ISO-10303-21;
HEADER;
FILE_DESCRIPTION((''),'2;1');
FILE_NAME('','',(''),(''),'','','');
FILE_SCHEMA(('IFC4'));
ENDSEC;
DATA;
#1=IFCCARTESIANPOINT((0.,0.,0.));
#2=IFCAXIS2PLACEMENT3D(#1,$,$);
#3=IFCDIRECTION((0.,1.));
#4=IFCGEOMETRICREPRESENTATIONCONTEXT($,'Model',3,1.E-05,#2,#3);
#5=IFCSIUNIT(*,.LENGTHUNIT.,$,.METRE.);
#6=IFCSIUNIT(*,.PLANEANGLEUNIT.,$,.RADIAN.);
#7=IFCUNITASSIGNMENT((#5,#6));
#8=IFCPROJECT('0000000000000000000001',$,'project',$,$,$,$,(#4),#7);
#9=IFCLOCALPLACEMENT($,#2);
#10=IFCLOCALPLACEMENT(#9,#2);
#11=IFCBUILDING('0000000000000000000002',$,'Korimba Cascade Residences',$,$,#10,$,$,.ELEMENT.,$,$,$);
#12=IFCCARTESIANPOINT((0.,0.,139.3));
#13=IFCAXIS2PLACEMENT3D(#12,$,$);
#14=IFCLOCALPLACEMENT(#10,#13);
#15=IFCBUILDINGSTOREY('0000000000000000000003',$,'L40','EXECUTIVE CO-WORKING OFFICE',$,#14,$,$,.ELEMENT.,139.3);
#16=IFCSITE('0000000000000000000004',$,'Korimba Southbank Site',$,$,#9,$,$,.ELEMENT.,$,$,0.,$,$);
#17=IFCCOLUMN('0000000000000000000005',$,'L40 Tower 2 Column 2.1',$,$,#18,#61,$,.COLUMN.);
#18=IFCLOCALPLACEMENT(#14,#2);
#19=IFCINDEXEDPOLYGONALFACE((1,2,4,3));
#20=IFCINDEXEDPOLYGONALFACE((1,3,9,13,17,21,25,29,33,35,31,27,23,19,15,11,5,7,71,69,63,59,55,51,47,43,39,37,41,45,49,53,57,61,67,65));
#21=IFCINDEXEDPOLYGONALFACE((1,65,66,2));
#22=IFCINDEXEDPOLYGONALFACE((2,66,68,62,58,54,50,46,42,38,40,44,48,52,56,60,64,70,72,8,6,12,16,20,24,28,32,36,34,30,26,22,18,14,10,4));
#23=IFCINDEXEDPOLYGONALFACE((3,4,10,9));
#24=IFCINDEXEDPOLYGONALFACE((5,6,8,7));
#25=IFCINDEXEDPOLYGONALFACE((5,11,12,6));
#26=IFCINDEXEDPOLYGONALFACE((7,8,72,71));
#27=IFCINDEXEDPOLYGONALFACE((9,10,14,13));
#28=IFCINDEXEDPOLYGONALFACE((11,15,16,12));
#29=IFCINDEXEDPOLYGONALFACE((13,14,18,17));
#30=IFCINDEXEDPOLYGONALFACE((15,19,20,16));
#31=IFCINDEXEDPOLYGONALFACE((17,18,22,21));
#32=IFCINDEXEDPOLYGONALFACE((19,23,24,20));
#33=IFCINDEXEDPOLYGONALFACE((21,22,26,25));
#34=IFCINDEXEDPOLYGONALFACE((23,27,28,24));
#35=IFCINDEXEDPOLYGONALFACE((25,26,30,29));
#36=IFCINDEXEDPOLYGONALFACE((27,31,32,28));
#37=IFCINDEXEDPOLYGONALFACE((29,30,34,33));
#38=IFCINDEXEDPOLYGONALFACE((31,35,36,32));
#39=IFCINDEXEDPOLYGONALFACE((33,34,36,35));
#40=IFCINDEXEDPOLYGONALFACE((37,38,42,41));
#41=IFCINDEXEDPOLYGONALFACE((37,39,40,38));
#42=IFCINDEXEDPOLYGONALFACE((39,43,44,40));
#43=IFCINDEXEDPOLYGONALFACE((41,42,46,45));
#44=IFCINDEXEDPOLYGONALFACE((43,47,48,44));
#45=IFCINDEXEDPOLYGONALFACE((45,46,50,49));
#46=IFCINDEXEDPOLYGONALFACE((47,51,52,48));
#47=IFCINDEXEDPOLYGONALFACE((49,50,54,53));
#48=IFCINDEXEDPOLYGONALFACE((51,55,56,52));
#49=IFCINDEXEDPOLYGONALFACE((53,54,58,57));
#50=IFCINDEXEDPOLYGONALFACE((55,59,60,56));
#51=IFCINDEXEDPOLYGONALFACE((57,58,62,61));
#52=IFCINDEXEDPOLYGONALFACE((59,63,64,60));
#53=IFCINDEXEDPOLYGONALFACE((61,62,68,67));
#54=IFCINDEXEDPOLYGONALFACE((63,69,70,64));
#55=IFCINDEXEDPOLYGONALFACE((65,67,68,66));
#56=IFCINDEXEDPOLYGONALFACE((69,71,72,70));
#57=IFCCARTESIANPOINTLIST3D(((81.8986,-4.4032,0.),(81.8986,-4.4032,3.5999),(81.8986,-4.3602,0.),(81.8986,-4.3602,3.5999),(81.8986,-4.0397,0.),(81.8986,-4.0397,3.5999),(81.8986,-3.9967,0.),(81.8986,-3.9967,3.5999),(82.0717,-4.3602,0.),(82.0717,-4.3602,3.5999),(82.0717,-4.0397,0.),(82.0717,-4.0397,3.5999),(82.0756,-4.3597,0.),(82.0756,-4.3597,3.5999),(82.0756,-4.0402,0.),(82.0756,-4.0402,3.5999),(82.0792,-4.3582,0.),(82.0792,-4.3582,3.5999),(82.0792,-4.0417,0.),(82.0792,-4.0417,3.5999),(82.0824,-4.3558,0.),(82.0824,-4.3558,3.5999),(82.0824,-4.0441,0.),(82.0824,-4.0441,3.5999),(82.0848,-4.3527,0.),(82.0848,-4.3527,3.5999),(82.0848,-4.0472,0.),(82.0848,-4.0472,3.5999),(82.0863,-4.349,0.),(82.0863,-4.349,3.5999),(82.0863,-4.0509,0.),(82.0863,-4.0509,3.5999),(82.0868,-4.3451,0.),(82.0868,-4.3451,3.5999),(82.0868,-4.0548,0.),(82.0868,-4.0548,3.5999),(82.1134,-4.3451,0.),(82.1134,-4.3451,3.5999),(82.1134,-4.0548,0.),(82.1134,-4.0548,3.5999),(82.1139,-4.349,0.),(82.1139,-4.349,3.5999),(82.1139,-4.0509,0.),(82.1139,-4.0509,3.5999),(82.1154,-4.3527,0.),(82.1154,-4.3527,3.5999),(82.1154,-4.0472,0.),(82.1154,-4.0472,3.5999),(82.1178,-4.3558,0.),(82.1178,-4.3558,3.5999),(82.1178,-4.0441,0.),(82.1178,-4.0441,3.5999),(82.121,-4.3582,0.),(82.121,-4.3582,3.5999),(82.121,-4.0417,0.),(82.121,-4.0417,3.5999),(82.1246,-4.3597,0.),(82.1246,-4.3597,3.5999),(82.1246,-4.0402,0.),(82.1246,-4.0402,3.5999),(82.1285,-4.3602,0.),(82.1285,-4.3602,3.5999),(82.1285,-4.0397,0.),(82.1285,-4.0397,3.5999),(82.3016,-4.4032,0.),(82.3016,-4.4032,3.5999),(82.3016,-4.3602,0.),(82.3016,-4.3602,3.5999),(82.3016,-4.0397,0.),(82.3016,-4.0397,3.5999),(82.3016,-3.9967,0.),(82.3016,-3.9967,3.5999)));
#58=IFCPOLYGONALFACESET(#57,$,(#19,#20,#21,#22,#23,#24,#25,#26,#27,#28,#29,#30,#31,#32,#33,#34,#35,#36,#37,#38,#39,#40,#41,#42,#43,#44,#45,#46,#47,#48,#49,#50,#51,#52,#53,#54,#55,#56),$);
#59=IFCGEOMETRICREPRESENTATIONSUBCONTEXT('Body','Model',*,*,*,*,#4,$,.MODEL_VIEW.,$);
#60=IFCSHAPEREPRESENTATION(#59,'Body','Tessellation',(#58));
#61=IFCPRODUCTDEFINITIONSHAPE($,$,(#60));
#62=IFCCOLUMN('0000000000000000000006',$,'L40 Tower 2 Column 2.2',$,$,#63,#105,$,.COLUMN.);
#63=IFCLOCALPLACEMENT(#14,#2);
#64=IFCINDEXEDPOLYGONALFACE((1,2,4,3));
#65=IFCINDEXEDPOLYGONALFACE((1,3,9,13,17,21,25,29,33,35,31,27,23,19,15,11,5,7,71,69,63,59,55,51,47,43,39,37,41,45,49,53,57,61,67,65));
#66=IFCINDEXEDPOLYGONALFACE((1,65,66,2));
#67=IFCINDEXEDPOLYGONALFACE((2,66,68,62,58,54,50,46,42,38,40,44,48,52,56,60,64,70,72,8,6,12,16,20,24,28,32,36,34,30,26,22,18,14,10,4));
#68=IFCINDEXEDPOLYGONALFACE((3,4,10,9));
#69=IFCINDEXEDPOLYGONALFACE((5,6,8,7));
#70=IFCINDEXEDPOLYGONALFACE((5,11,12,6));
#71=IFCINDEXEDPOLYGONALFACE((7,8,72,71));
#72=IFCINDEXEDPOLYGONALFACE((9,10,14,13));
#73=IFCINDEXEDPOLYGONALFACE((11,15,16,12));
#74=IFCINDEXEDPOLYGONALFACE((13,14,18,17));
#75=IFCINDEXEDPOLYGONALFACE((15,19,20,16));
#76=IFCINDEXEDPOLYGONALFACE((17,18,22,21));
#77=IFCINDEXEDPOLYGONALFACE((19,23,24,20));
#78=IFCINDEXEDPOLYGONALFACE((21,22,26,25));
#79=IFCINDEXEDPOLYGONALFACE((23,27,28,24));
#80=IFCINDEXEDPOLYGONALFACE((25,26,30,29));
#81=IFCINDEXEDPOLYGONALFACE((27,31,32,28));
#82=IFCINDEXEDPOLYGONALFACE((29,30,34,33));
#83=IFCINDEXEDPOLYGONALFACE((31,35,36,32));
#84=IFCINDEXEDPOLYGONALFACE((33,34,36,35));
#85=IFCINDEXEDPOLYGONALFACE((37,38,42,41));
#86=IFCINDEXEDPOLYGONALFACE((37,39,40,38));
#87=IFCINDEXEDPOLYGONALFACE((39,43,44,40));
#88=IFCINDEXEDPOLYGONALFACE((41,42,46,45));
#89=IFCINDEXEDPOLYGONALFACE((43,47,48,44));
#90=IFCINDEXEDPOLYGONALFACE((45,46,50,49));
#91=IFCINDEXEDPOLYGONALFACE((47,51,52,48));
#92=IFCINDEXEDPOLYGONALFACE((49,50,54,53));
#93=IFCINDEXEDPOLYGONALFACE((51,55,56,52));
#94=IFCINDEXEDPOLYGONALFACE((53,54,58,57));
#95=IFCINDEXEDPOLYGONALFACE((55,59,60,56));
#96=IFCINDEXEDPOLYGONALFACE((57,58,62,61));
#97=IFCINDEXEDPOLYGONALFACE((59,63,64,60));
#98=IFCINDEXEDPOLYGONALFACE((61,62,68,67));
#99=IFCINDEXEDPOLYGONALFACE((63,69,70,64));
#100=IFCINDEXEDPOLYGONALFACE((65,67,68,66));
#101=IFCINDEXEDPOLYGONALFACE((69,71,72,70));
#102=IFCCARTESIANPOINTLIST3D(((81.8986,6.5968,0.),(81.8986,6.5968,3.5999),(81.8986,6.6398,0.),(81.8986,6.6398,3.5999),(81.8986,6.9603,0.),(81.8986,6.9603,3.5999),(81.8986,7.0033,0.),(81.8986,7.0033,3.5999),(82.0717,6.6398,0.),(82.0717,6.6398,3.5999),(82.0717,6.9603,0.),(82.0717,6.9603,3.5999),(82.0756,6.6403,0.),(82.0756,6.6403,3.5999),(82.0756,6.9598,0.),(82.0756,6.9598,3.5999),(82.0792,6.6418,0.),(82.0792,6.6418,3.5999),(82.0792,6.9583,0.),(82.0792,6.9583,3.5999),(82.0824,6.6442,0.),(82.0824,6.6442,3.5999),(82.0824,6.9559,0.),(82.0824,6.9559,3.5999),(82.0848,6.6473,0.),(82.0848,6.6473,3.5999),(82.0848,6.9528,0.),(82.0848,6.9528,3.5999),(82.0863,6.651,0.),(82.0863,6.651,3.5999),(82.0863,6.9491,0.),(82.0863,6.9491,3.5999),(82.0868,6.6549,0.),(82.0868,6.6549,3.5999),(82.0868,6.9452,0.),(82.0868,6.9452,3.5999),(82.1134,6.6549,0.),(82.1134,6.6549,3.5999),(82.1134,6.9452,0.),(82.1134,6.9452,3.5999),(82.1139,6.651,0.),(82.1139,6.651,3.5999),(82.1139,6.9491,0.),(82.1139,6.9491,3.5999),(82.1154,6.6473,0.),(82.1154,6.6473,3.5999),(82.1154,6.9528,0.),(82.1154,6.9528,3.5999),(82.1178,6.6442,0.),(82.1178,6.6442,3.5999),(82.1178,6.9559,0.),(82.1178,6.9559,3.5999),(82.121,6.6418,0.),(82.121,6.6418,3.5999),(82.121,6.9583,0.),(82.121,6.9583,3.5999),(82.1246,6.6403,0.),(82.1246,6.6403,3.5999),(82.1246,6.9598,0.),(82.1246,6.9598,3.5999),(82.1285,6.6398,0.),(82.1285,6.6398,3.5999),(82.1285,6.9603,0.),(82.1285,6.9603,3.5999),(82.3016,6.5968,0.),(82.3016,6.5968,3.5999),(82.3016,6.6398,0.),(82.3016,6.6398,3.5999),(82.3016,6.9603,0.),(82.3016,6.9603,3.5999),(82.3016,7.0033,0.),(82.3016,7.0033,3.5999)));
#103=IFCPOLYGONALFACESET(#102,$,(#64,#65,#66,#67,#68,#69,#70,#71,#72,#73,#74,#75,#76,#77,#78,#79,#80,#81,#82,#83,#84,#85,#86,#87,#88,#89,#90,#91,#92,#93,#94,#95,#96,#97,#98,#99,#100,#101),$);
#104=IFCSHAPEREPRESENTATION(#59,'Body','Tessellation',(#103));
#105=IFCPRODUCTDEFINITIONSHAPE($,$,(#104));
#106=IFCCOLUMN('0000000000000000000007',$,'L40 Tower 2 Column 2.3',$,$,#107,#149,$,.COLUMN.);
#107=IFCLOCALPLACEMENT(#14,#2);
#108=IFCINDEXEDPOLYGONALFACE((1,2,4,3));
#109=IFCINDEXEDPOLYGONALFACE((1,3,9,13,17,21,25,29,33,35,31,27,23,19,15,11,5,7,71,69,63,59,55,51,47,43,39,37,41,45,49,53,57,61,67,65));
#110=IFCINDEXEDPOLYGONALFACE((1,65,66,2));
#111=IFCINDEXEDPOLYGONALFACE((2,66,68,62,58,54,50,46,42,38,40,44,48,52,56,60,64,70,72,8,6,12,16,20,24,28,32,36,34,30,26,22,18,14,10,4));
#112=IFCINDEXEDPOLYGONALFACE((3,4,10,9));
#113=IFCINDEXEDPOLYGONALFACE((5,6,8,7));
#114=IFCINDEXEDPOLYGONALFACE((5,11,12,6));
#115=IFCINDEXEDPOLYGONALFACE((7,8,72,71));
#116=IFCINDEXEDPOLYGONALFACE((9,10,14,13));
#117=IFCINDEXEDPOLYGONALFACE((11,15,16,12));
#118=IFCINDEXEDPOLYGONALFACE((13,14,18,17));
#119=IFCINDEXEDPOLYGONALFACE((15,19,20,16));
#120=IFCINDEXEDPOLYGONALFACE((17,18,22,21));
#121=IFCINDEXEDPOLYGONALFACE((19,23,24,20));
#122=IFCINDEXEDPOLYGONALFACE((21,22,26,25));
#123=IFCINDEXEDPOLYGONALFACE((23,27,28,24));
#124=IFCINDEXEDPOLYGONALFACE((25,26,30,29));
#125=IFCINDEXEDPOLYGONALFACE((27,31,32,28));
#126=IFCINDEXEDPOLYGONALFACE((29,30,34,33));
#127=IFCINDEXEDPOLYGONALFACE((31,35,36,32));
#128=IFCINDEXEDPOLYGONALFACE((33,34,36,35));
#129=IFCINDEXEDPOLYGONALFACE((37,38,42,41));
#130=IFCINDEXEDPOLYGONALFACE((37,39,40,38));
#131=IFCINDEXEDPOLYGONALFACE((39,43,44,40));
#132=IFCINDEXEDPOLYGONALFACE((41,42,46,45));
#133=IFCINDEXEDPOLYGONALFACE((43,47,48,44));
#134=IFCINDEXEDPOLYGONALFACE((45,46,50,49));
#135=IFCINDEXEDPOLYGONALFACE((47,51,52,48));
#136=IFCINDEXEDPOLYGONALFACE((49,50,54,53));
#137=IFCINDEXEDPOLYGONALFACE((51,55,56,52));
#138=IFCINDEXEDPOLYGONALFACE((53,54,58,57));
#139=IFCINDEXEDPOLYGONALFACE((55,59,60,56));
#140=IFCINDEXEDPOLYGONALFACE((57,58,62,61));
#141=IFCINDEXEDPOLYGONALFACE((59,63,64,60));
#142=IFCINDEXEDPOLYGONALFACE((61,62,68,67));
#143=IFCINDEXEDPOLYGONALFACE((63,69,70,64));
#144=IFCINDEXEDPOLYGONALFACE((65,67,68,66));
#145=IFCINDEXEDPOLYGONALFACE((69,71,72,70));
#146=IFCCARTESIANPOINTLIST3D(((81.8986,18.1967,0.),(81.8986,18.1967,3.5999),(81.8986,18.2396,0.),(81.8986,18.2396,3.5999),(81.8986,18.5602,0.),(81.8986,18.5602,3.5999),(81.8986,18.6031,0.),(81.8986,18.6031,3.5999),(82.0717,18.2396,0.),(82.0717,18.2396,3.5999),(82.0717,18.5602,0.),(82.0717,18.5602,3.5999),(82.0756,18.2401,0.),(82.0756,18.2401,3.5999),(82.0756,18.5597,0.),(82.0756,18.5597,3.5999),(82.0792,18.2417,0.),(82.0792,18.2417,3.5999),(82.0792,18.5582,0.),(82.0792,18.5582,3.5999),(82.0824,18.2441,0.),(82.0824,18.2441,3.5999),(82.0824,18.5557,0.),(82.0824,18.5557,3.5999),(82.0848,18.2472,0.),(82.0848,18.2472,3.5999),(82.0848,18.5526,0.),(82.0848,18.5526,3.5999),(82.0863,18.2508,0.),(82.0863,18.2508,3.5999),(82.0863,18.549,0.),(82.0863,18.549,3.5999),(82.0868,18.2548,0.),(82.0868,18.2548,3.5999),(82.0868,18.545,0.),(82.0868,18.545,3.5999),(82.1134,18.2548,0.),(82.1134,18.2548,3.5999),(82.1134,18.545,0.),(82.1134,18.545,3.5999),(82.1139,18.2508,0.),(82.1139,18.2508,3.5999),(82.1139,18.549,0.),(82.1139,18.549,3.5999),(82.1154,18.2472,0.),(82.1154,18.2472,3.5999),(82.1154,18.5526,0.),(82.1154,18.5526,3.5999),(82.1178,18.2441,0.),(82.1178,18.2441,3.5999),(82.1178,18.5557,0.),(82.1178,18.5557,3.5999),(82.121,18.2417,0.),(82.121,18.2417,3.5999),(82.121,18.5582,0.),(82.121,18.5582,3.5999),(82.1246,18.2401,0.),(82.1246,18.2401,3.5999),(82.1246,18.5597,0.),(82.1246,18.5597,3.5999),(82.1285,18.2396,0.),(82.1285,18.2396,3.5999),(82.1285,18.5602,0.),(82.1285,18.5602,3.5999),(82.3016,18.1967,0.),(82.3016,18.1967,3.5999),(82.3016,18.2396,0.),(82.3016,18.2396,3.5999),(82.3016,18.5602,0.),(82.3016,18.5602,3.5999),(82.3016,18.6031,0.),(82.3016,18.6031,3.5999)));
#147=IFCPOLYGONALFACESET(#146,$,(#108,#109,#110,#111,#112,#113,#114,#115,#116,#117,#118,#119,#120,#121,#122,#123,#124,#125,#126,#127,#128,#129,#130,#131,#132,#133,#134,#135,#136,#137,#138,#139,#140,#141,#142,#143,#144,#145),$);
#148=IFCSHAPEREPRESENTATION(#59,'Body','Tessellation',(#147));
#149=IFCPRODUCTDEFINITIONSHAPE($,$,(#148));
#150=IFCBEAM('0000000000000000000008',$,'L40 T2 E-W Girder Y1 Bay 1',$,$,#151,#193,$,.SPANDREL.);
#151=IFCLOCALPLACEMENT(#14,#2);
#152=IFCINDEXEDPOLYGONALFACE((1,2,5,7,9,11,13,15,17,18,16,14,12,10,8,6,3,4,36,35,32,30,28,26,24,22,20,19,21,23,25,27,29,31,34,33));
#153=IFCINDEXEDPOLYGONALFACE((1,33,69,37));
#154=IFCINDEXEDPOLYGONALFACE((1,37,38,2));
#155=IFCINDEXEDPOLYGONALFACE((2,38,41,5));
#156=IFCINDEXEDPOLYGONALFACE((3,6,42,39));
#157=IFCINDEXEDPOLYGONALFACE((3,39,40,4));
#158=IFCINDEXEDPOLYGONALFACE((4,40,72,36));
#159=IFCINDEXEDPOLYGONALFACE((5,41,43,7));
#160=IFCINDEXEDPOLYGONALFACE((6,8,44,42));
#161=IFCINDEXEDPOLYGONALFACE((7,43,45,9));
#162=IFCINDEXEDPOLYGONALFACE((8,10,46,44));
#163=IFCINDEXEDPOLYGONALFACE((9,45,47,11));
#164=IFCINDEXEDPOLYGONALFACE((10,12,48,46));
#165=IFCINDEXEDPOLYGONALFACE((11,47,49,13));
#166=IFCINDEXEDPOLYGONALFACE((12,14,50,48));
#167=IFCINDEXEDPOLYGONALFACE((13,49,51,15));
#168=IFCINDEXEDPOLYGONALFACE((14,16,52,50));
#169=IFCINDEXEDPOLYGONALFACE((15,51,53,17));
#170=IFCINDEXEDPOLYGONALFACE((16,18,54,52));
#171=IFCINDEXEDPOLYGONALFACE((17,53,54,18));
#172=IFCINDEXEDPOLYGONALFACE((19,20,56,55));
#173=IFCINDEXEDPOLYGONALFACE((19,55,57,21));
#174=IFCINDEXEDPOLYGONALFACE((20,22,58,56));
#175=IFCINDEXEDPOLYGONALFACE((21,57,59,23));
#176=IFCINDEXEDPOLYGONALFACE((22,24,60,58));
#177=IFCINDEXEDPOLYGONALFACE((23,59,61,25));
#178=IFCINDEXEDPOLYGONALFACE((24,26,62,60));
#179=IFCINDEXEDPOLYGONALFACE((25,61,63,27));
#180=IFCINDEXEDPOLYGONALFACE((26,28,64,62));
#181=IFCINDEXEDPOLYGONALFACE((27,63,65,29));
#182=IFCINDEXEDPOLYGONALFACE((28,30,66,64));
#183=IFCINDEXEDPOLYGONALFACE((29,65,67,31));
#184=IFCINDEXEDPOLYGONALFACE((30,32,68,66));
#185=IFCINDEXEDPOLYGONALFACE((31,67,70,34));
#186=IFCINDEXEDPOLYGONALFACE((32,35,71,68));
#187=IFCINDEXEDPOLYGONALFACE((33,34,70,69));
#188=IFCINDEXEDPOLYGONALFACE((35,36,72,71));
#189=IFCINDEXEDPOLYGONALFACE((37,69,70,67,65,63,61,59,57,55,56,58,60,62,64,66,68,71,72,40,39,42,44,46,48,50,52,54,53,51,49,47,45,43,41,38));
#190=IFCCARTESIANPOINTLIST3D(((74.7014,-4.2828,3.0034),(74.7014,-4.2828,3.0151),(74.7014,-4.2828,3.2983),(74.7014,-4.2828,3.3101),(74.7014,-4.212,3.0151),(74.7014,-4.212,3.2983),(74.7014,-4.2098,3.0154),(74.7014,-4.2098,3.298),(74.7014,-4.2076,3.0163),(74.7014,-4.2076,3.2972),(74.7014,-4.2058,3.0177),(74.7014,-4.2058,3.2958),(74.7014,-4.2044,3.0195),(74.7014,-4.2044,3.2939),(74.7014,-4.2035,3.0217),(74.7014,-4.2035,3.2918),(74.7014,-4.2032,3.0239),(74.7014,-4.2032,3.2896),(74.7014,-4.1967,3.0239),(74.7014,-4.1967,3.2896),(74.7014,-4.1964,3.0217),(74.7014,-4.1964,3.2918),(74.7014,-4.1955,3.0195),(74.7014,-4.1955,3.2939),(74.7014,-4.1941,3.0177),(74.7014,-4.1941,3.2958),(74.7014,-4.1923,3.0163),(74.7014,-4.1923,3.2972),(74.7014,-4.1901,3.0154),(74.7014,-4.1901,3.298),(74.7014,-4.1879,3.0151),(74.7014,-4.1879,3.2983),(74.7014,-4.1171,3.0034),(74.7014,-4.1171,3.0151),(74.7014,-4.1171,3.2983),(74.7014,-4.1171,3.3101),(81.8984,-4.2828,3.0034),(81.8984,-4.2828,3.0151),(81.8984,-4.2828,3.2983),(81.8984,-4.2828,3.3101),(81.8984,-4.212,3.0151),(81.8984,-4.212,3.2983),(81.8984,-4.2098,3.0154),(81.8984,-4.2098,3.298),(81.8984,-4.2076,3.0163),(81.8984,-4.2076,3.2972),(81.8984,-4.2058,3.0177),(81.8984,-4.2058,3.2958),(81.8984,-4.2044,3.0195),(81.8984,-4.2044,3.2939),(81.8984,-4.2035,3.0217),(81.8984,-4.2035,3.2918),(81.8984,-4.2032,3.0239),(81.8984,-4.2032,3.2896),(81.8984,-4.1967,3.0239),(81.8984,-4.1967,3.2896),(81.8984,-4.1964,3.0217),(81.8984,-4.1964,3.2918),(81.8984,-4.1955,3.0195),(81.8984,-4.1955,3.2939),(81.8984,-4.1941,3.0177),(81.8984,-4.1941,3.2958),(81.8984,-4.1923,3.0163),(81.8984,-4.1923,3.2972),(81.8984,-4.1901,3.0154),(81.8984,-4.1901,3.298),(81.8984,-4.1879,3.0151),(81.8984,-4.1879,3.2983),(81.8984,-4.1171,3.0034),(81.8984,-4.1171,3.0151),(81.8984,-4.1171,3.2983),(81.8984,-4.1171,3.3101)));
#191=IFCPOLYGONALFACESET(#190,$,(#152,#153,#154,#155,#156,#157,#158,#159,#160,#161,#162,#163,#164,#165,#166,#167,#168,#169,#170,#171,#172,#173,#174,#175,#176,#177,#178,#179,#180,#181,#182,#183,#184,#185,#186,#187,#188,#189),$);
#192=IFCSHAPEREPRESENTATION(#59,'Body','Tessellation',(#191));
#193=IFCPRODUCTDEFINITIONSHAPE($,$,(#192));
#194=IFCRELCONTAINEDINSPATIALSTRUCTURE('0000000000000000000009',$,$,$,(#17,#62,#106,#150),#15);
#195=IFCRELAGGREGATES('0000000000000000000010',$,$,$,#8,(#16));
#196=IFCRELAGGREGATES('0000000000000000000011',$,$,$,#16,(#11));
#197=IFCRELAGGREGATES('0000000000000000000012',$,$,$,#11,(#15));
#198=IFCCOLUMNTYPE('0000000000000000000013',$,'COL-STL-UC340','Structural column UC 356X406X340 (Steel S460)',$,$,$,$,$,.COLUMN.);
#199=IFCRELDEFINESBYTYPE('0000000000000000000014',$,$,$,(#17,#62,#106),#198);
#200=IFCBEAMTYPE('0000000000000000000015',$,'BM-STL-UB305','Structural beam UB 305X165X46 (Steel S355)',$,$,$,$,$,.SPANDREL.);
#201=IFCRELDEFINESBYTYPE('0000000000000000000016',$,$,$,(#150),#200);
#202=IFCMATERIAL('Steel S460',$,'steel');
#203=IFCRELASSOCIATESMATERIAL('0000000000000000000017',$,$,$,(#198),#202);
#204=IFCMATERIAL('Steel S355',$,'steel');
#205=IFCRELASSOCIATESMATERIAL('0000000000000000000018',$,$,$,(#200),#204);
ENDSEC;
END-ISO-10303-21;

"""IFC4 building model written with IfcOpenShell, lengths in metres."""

from ifc_helpers import new_model, si_unit, direction, frame, origin, origin_2d, place, context, subcontext, project, spatial, i_section, extrude, material, material_profile, profile_set, type_object, element, save


model = new_model("IFC4")

# Units and contexts
model_context = context("Model", 3, precision=1e-05, world=origin(), true_north=direction((0.0, 1.0)))
body_context = subcontext(model_context, "Body", "Model", "MODEL_VIEW")
ifc_project = project(units=[si_unit("LENGTHUNIT", "METRE"), si_unit("PLANEANGLEUNIT", "RADIAN")], contexts=[model_context])

# Site, building, storey
site_placement = place(None, origin())
site = spatial("IfcSite", under=ifc_project, at=site_placement, Name="Korimba Southbank Site", CompositionType="ELEMENT", RefElevation=0.0)
building_placement = place(site_placement, origin())
building = spatial("IfcBuilding", under=site, at=building_placement, Name="Korimba Cascade Residences", CompositionType="ELEMENT")
storey_placement = place(building_placement, frame((0.0, 0.0, 139.3)))
storey = spatial("IfcBuildingStorey", under=building, at=storey_placement, Name="L40", Description="EXECUTIVE CO-WORKING OFFICE", CompositionType="ELEMENT", Elevation=139.3)

# Columns
ifc_material_1 = material(Name="Steel S460", Category="steel")
ifc_material_profile_1 = material_profile(ifc_material_1, i_section(OverallWidth=0.4031, OverallDepth=0.4065, WebThickness=0.0266, FlangeThickness=0.043, FilletRadius=0.0151, at=origin_2d()), Name="Steel S460")
ifc_profile_set_1 = profile_set([ifc_material_profile_1], Name="Steel S460")
column_type = type_object("IfcColumnType", Name="COL-STL-UC340", Description="Structural column UC 356X406X340 (Steel S460)", PredefinedType="COLUMN", material=ifc_profile_set_1)
for number, where, z_axis, x_axis, name in (
    (1, (82.1001, -4.2, 0.0), (0.0, 0.0, 1.0), (1.0, 0.0, 0.0), "L40 Tower 2 Column 2.1"),
    (2, (82.1001, 6.8, 0.0), (0.0, 0.0, 1.0), (1.0, 0.0, 0.0), "L40 Tower 2 Column 2.2"),
    (3, (82.1001, 18.3999, 0.0), (0.0, 0.0, 1.0), (1.0, 0.0, 0.0), "L40 Tower 2 Column 2.3"),
):
    element("IfcColumn", number, at=place(storey_placement, frame(where, z_axis=z_axis, x_axis=x_axis)), inside=storey, type_object=column_type, Name=name, PredefinedType="COLUMN", context=body_context, shape_type="SweptSolid", body=[
        extrude(i_section(OverallWidth=0.4031, OverallDepth=0.4065, WebThickness=0.0266, FlangeThickness=0.043, FilletRadius=0.0151, at=origin_2d()), origin(), (0.0, 0.0, 1.0), 3.5999),
    ])

# Beam
ifc_material_2 = material(Name="Steel S355", Category="steel")
ifc_material_profile_2 = material_profile(ifc_material_2, i_section(OverallWidth=0.1658, OverallDepth=0.3066, WebThickness=0.0066, FlangeThickness=0.0117, FilletRadius=0.0088, at=origin_2d()), Name="Steel S355")
ifc_profile_set_2 = profile_set([ifc_material_profile_2], Name="Steel S355")
beam_type_1 = type_object("IfcBeamType", Name="BM-STL-UB305", Description="Structural beam UB 305X165X46 (Steel S355)", PredefinedType="SPANDREL", material=ifc_profile_set_2)
beam_1_placement = place(storey_placement, frame((74.7014, -4.2, 3.1567), z_axis=(1.0, 0.0, 0.0), x_axis=(0.0, 1.0, 0.0)))
element("IfcBeam", 4, at=beam_1_placement, inside=storey, type_object=beam_type_1, Name="L40 T2 E-W Girder Y1 Bay 1", PredefinedType="SPANDREL", context=body_context, shape_type="SweptSolid", body=[
    extrude(i_section(OverallWidth=0.1658, OverallDepth=0.3066, WebThickness=0.0066, FlangeThickness=0.0117, FilletRadius=0.0088, at=origin_2d()), origin(), (0.0, 0.0, 1.0), 7.197),
])

save(model, "model.ifc")
